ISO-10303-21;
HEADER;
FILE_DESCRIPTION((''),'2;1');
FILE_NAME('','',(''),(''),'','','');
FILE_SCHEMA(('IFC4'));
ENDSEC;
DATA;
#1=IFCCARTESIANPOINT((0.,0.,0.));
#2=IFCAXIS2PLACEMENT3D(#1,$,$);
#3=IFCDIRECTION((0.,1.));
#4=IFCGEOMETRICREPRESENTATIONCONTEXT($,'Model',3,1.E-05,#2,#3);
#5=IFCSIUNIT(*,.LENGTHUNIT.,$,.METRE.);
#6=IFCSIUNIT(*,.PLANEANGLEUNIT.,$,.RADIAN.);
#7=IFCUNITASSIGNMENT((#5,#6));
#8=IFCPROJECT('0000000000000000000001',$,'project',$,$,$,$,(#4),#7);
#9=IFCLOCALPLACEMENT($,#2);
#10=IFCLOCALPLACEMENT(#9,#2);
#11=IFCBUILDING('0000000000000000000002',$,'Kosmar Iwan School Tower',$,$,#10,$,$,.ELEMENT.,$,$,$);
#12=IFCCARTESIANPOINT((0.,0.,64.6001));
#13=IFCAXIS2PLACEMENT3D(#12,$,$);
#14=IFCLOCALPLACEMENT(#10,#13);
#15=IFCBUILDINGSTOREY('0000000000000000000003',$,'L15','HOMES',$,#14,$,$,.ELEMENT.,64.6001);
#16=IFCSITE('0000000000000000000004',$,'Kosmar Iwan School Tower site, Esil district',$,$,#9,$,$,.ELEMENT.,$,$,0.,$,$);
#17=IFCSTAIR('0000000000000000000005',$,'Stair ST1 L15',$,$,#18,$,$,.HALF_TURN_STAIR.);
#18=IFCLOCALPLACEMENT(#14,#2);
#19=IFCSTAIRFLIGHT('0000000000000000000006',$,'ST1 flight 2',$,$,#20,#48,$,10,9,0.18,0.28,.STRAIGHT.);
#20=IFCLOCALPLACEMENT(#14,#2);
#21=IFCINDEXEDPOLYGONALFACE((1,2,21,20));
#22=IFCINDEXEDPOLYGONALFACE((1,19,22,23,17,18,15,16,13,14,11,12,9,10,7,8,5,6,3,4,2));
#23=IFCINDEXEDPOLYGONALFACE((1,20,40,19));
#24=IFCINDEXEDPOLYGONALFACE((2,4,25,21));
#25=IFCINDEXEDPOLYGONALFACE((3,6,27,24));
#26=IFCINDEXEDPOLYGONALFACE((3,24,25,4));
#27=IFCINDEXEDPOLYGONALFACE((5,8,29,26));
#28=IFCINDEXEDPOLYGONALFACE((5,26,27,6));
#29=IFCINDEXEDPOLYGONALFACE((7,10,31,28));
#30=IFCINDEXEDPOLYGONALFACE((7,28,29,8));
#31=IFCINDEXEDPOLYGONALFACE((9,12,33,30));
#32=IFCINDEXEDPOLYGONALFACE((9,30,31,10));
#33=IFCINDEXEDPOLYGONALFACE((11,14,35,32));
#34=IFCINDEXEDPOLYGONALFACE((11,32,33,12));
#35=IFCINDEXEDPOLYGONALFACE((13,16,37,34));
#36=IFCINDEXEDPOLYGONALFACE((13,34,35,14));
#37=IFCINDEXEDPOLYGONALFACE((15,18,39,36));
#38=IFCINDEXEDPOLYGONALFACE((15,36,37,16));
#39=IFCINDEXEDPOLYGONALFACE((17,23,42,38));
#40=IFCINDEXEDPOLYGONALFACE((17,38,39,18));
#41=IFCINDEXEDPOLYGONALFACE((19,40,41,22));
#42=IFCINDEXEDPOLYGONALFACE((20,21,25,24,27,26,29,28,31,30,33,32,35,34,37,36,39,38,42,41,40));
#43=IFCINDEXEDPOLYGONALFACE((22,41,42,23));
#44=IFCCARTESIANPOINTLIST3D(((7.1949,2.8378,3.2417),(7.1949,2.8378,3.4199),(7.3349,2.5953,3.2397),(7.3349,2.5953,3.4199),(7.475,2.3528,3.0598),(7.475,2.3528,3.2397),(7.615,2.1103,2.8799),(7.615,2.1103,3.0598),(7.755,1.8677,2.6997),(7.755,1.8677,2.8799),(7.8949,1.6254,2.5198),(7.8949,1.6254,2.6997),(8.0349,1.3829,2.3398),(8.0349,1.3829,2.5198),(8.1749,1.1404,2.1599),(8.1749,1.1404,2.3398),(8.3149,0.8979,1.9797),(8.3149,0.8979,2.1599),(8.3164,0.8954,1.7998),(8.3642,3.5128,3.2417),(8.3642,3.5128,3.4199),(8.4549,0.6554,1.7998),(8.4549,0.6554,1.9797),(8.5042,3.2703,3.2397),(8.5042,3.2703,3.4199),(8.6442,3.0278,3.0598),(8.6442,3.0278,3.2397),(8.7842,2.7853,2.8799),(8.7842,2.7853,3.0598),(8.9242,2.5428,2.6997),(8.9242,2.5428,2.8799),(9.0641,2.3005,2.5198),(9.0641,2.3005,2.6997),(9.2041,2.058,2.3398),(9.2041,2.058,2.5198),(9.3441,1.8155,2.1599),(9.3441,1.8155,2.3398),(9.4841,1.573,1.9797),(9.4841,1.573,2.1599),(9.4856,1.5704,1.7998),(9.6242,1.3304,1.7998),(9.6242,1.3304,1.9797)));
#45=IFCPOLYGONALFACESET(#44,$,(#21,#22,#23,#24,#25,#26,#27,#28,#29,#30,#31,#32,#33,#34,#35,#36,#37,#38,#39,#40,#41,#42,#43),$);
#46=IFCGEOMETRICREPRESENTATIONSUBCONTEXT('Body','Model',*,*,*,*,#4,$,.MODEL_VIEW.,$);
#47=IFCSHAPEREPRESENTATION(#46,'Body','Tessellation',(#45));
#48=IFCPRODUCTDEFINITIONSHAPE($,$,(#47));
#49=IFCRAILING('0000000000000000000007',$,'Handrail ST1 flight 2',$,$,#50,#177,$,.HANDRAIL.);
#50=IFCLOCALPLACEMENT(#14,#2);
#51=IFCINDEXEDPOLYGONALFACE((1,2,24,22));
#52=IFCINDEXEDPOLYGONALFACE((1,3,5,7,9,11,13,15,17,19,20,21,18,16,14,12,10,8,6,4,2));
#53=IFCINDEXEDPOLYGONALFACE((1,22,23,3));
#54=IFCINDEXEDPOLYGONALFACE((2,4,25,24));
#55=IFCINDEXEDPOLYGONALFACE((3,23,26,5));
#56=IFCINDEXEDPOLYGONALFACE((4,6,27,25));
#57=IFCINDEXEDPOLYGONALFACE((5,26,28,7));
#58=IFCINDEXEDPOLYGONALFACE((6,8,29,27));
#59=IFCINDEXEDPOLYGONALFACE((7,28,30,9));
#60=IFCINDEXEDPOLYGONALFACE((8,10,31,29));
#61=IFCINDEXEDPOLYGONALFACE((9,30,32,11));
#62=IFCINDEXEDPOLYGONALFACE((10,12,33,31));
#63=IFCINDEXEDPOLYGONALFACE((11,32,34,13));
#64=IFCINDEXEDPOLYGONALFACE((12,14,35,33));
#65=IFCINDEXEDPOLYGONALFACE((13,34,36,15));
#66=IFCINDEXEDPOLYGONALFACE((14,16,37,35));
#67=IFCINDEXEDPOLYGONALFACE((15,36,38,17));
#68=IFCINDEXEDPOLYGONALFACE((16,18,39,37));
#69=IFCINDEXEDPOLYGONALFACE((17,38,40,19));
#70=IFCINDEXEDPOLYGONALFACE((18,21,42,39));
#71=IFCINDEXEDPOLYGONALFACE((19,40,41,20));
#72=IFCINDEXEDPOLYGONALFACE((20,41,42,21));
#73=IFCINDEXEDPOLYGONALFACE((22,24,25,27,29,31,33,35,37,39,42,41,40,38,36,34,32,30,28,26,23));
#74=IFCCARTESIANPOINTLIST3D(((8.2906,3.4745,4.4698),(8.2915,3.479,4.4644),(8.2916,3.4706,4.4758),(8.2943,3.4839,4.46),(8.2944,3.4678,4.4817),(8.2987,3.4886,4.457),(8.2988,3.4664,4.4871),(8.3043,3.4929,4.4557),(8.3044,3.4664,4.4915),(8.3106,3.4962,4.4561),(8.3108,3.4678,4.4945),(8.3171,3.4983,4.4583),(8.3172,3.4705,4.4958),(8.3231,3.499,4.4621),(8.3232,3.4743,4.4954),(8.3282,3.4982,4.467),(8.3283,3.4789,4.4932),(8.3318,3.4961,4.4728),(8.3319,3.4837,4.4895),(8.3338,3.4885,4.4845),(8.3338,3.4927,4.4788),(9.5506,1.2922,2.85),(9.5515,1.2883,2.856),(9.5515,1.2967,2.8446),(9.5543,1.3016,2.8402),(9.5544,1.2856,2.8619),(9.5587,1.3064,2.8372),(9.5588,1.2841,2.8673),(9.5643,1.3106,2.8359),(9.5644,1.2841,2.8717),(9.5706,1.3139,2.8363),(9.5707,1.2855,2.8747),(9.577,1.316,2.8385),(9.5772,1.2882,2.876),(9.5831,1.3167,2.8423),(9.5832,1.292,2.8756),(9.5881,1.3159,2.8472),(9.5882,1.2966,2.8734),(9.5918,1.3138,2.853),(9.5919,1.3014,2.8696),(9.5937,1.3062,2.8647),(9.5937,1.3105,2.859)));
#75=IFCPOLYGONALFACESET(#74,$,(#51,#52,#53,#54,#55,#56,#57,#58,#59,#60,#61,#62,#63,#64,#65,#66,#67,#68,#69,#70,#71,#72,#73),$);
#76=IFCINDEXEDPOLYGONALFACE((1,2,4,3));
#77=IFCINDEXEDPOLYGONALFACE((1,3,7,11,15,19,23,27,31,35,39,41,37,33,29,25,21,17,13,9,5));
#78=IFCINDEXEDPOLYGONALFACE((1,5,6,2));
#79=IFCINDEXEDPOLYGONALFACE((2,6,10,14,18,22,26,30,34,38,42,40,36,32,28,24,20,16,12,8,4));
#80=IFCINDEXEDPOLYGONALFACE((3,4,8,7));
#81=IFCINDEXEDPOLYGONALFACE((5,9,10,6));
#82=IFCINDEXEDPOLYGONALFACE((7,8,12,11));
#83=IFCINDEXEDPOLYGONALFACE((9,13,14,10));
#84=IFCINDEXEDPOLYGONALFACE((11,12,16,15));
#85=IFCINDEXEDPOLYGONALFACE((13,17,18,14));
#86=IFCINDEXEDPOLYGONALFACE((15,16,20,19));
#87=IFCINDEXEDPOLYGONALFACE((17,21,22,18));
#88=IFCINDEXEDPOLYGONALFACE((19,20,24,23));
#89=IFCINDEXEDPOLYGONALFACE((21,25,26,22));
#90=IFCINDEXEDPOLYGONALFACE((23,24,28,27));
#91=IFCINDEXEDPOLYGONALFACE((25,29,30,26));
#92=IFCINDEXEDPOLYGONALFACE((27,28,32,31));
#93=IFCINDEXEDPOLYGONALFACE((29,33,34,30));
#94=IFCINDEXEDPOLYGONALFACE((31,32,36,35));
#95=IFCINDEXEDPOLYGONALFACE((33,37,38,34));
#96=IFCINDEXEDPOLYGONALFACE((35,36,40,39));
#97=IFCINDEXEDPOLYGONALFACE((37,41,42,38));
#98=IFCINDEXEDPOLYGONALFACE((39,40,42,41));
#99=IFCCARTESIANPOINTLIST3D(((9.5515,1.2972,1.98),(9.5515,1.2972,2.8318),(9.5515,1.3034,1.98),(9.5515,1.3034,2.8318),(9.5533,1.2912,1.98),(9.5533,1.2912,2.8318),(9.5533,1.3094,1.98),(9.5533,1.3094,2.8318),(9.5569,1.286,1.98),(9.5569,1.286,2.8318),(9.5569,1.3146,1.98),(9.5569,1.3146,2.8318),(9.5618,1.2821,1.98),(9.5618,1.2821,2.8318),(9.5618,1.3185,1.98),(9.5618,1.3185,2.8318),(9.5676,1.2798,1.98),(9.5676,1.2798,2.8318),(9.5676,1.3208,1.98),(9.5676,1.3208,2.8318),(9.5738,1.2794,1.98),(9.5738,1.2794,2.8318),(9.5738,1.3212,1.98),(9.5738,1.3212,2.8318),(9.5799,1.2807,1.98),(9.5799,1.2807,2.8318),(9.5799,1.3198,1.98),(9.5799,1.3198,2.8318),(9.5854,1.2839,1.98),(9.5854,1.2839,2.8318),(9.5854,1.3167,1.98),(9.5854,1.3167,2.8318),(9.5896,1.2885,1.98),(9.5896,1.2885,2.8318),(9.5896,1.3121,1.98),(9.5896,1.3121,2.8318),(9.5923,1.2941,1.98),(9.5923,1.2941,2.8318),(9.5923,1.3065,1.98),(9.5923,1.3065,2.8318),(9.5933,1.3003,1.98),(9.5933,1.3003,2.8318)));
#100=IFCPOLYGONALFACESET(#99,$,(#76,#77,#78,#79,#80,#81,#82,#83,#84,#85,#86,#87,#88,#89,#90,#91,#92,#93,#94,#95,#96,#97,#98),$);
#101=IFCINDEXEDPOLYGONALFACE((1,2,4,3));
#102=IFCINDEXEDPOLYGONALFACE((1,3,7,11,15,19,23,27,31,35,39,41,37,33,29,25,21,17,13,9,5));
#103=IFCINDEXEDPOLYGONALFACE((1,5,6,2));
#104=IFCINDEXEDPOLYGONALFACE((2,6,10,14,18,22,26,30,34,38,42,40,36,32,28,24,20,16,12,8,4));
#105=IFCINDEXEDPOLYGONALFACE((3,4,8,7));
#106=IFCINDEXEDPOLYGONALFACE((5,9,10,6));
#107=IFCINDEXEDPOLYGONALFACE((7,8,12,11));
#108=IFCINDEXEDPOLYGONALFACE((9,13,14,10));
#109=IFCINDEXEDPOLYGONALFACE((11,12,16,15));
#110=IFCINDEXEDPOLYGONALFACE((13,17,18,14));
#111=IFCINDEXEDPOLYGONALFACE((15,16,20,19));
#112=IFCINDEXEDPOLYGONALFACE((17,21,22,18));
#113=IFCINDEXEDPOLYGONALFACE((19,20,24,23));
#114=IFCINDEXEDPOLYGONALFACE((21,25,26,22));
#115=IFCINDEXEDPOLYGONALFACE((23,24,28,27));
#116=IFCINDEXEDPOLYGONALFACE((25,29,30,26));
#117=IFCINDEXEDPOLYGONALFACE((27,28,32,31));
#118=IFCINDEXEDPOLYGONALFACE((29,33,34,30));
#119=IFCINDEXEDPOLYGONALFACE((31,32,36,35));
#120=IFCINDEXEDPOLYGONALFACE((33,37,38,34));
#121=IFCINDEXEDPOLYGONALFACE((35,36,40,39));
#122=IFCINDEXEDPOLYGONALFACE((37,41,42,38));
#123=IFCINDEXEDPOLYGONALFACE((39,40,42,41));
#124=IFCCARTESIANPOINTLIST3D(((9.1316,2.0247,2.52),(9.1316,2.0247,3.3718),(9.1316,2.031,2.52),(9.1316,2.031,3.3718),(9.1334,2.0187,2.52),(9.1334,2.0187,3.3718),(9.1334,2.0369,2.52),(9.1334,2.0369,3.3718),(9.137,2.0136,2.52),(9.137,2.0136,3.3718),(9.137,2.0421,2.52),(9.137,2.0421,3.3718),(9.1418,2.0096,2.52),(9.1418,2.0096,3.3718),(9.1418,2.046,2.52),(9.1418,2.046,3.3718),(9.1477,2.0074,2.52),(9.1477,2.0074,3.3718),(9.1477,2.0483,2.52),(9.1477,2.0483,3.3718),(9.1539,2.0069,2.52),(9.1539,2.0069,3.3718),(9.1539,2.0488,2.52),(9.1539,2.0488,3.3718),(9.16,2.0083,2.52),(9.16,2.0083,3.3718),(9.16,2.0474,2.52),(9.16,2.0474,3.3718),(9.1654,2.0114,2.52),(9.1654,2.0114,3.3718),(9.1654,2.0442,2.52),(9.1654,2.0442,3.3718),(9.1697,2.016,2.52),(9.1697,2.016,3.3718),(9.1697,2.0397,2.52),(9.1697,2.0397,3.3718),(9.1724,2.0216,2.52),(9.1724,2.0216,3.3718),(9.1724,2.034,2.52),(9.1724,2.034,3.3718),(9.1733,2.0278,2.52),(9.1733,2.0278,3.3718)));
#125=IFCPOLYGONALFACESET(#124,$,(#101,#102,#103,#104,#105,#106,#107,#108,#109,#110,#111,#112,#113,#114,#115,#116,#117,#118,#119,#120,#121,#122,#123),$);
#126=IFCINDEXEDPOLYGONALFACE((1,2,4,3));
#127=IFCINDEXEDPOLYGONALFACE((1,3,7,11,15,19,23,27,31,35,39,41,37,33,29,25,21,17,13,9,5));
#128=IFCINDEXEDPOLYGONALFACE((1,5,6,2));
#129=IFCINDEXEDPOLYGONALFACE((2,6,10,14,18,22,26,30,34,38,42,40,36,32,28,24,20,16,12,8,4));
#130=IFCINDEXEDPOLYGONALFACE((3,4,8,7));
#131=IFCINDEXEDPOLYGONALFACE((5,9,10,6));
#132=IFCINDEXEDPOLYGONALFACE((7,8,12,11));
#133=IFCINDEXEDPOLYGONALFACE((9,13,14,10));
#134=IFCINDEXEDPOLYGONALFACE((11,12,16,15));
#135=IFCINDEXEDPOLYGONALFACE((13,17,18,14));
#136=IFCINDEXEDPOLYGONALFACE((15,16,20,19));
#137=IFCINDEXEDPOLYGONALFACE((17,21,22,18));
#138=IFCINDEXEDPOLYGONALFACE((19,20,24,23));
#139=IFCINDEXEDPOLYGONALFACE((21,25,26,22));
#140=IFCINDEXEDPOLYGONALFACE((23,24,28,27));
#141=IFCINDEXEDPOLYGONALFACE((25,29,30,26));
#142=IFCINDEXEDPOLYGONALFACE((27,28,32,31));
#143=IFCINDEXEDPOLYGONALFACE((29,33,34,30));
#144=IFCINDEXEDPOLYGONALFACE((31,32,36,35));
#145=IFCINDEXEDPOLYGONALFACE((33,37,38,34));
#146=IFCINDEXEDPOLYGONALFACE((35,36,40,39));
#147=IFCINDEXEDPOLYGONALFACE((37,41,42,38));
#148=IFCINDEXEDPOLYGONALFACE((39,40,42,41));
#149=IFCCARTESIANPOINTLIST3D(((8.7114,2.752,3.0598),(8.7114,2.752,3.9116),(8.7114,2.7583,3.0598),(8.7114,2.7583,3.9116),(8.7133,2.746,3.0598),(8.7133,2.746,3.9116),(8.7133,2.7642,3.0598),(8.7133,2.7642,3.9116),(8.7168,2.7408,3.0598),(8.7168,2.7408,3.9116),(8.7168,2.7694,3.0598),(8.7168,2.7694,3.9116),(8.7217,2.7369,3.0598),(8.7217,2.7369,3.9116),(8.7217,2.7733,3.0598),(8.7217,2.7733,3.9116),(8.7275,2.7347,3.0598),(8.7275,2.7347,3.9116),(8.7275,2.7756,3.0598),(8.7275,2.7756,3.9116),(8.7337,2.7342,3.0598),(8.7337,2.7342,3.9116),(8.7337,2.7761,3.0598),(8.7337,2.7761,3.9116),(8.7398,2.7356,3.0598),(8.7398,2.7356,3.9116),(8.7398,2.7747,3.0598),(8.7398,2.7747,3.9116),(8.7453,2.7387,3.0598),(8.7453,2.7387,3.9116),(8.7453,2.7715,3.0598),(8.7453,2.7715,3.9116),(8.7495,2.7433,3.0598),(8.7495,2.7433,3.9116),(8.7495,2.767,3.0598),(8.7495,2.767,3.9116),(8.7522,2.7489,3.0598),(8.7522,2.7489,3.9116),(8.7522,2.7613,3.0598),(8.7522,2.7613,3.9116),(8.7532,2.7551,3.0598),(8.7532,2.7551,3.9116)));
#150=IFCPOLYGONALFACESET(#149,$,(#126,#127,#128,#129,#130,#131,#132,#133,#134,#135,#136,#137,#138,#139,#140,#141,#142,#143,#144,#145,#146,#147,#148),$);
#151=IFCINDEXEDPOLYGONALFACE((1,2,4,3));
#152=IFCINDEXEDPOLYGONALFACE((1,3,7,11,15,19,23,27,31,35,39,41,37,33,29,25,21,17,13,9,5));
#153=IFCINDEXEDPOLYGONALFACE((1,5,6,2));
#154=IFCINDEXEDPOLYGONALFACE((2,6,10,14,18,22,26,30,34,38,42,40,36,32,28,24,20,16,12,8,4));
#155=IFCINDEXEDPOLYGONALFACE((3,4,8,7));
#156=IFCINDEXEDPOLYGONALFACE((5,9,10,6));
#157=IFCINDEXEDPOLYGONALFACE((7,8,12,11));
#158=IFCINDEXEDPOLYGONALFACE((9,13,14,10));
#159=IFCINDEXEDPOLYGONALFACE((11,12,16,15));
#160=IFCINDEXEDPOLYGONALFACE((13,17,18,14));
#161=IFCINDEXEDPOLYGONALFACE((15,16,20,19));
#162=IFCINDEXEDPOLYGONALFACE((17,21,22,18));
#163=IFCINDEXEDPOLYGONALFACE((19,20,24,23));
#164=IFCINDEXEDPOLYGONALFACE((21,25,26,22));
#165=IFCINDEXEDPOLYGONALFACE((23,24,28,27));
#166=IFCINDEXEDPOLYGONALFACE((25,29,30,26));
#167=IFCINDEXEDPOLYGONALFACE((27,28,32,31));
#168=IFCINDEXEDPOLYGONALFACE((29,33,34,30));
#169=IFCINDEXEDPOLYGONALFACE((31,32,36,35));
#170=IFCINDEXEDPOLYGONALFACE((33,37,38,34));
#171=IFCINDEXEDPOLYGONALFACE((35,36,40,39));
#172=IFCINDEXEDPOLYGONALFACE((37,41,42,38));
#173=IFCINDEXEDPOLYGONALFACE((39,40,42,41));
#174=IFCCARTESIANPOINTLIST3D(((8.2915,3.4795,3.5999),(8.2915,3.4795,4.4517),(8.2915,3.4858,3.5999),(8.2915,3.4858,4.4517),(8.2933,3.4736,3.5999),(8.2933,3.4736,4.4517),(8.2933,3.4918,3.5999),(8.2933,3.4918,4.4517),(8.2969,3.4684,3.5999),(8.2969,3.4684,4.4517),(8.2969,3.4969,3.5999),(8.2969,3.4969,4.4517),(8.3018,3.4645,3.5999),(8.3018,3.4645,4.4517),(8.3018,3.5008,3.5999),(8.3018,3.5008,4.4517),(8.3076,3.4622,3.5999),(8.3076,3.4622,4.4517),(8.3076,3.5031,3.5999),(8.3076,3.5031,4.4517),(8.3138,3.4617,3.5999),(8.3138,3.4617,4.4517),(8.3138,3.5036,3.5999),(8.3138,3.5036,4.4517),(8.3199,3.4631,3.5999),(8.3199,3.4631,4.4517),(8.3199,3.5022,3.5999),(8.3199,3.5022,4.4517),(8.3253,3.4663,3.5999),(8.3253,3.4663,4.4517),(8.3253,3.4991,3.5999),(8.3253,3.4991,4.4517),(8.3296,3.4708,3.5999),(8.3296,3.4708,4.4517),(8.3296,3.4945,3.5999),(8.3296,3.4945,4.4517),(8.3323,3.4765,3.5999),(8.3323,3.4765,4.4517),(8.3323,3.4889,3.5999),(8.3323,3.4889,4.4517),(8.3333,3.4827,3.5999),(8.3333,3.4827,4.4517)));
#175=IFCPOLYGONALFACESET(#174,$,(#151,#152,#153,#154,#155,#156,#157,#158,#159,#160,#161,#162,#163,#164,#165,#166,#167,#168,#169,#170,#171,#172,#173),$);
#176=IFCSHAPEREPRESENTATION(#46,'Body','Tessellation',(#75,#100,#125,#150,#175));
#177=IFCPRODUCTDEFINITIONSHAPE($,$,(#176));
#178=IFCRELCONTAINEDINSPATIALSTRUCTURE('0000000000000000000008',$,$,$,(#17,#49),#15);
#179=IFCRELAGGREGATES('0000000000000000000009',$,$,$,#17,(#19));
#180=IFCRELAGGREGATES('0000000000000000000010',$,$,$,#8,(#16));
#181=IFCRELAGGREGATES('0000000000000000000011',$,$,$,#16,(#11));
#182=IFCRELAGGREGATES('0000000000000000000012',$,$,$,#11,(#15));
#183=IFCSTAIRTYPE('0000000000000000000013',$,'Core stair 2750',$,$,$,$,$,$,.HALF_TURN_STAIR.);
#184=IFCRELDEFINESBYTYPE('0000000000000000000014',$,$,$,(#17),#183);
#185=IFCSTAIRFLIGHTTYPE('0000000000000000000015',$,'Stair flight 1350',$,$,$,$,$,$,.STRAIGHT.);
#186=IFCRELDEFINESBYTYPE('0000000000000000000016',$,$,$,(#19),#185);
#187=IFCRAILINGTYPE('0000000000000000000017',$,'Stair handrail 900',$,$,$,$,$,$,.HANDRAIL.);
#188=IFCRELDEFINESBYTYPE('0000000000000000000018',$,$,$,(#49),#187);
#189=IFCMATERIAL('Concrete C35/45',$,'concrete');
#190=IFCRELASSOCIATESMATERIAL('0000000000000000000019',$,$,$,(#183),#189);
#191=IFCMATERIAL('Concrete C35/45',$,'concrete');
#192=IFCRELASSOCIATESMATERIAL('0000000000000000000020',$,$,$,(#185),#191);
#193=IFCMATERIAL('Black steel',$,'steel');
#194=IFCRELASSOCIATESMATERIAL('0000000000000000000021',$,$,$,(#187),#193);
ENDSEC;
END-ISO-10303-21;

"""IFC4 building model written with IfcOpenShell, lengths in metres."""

from ifc_helpers import new_model, si_unit, direction, frame, origin, origin_2d, place, context, subcontext, project, spatial, polyline, circle, outline, extrude, material, type_object, element, aggregate, save


model = new_model("IFC4")

# Units and contexts
model_context = context("Model", 3, precision=1e-05, world=origin(), true_north=direction((0.0, 1.0)))
body_context = subcontext(model_context, "Body", "Model", "MODEL_VIEW")
ifc_project = project(units=[si_unit("LENGTHUNIT", "METRE"), si_unit("PLANEANGLEUNIT", "RADIAN")], contexts=[model_context])

# Site, building, storey
site_placement = place(None, origin())
site = spatial("IfcSite", under=ifc_project, at=site_placement, Name="Kosmar Iwan School Tower site, Esil district", CompositionType="ELEMENT", RefElevation=0.0)
building_placement = place(site_placement, origin())
building = spatial("IfcBuilding", under=site, at=building_placement, Name="Kosmar Iwan School Tower", CompositionType="ELEMENT")
storey_placement = place(building_placement, frame((0.0, 0.0, 64.6001)))
storey = spatial("IfcBuildingStorey", under=building, at=storey_placement, Name="L15", Description="HOMES", CompositionType="ELEMENT", Elevation=64.6001)

# Stair, stair flight
ifc_material_1 = material(Name="Concrete C35/45", Category="concrete")
stair_type = type_object("IfcStairType", Name="Core stair 2750", PredefinedType="HALF_TURN_STAIR", material=ifc_material_1)
stair_placement = place(storey_placement, origin())
stair = element("IfcStair", 1, at=stair_placement, inside=storey, type_object=stair_type, Name="Stair ST1 L15", PredefinedType="HALF_TURN_STAIR")
ifc_material_2 = material(Name="Concrete C35/45", Category="concrete")
stair_flight_type = type_object("IfcStairFlightType", Name="Stair flight 1350", PredefinedType="STRAIGHT", material=ifc_material_2)
stair_flight_placement = place(storey_placement, frame((9.0396, 0.9929, 1.7998), z_axis=(0.0, 0.0, 1.0), x_axis=(-0.5, 0.866025, 0.0)))
stair_flight = element("IfcStairFlight", 2, at=stair_flight_placement, type_object=stair_flight_type, Name="ST1 flight 2", NumberOfRisers=10, NumberOfTreads=9, PredefinedType="STRAIGHT", RiserHeight=0.18, TreadLength=0.28, context=body_context, shape_type="SweptSolid", body=[
    extrude(outline(polyline([(0.0, 0.0), (0.0, 0.1799), (0.28, 0.1799), (0.28, 0.3601), (0.5601, 0.3601), (0.5601, 0.54), (0.8401, 0.54), (0.8401, 0.72), (1.1201, 0.72), (1.1201, 0.8999), (1.3999, 0.8999), (1.3999, 1.0801), (1.6799, 1.0801), (1.6799, 1.26), (1.96, 1.26), (1.96, 1.4399), (2.24, 1.4399), (2.24, 1.6201), (2.52, 1.6201), (2.52, 1.8), (2.52, 1.4419), (0.2771, 0.0), (0.0, 0.0)])), frame((0.0, 0.675, 0.0), z_axis=(0.0, -1.0, 0.0), x_axis=(1.0, 0.0, 0.0)), (0.0, 0.0, 1.0), 1.3501),
])
aggregate(stair, [stair_flight])

# Railing
ifc_material_3 = material(Name="Black steel", Category="steel")
railing_type = type_object("IfcRailingType", Name="Stair handrail 900", PredefinedType="HANDRAIL", material=ifc_material_3)
railing_placement = place(storey_placement, frame((9.5723, 1.3003, 1.98)))
element("IfcRailing", 3, at=railing_placement, inside=storey, type_object=railing_type, Name="Handrail ST1 flight 2", PredefinedType="HANDRAIL", context=body_context, shape_type="SweptSolid", body=[
    extrude(circle(Radius=0.0239, at=origin_2d()), frame((0.0, 0.0, 0.876), z_axis=(-0.420603, 0.728496, 0.540728), x_axis=(-0.866023, -0.500005, 0.0)), (0.0, 0.0, 1.0), 2.9956),
    extrude(circle(Radius=0.021, at=origin_2d()), origin(), (0.0, 0.0, 1.0), 0.8518),
    extrude(circle(Radius=0.021, at=origin_2d()), frame((-0.4199, 0.7275, 0.54)), (0.0, 0.0, 1.0), 0.8518),
    extrude(circle(Radius=0.021, at=origin_2d()), frame((-0.8401, 1.4548, 1.0798)), (0.0, 0.0, 1.0), 0.8518),
    extrude(circle(Radius=0.021, at=origin_2d()), frame((-1.26, 2.1824, 1.6199)), (0.0, 0.0, 1.0), 0.8518),
])

save(model, "model.ifc")
